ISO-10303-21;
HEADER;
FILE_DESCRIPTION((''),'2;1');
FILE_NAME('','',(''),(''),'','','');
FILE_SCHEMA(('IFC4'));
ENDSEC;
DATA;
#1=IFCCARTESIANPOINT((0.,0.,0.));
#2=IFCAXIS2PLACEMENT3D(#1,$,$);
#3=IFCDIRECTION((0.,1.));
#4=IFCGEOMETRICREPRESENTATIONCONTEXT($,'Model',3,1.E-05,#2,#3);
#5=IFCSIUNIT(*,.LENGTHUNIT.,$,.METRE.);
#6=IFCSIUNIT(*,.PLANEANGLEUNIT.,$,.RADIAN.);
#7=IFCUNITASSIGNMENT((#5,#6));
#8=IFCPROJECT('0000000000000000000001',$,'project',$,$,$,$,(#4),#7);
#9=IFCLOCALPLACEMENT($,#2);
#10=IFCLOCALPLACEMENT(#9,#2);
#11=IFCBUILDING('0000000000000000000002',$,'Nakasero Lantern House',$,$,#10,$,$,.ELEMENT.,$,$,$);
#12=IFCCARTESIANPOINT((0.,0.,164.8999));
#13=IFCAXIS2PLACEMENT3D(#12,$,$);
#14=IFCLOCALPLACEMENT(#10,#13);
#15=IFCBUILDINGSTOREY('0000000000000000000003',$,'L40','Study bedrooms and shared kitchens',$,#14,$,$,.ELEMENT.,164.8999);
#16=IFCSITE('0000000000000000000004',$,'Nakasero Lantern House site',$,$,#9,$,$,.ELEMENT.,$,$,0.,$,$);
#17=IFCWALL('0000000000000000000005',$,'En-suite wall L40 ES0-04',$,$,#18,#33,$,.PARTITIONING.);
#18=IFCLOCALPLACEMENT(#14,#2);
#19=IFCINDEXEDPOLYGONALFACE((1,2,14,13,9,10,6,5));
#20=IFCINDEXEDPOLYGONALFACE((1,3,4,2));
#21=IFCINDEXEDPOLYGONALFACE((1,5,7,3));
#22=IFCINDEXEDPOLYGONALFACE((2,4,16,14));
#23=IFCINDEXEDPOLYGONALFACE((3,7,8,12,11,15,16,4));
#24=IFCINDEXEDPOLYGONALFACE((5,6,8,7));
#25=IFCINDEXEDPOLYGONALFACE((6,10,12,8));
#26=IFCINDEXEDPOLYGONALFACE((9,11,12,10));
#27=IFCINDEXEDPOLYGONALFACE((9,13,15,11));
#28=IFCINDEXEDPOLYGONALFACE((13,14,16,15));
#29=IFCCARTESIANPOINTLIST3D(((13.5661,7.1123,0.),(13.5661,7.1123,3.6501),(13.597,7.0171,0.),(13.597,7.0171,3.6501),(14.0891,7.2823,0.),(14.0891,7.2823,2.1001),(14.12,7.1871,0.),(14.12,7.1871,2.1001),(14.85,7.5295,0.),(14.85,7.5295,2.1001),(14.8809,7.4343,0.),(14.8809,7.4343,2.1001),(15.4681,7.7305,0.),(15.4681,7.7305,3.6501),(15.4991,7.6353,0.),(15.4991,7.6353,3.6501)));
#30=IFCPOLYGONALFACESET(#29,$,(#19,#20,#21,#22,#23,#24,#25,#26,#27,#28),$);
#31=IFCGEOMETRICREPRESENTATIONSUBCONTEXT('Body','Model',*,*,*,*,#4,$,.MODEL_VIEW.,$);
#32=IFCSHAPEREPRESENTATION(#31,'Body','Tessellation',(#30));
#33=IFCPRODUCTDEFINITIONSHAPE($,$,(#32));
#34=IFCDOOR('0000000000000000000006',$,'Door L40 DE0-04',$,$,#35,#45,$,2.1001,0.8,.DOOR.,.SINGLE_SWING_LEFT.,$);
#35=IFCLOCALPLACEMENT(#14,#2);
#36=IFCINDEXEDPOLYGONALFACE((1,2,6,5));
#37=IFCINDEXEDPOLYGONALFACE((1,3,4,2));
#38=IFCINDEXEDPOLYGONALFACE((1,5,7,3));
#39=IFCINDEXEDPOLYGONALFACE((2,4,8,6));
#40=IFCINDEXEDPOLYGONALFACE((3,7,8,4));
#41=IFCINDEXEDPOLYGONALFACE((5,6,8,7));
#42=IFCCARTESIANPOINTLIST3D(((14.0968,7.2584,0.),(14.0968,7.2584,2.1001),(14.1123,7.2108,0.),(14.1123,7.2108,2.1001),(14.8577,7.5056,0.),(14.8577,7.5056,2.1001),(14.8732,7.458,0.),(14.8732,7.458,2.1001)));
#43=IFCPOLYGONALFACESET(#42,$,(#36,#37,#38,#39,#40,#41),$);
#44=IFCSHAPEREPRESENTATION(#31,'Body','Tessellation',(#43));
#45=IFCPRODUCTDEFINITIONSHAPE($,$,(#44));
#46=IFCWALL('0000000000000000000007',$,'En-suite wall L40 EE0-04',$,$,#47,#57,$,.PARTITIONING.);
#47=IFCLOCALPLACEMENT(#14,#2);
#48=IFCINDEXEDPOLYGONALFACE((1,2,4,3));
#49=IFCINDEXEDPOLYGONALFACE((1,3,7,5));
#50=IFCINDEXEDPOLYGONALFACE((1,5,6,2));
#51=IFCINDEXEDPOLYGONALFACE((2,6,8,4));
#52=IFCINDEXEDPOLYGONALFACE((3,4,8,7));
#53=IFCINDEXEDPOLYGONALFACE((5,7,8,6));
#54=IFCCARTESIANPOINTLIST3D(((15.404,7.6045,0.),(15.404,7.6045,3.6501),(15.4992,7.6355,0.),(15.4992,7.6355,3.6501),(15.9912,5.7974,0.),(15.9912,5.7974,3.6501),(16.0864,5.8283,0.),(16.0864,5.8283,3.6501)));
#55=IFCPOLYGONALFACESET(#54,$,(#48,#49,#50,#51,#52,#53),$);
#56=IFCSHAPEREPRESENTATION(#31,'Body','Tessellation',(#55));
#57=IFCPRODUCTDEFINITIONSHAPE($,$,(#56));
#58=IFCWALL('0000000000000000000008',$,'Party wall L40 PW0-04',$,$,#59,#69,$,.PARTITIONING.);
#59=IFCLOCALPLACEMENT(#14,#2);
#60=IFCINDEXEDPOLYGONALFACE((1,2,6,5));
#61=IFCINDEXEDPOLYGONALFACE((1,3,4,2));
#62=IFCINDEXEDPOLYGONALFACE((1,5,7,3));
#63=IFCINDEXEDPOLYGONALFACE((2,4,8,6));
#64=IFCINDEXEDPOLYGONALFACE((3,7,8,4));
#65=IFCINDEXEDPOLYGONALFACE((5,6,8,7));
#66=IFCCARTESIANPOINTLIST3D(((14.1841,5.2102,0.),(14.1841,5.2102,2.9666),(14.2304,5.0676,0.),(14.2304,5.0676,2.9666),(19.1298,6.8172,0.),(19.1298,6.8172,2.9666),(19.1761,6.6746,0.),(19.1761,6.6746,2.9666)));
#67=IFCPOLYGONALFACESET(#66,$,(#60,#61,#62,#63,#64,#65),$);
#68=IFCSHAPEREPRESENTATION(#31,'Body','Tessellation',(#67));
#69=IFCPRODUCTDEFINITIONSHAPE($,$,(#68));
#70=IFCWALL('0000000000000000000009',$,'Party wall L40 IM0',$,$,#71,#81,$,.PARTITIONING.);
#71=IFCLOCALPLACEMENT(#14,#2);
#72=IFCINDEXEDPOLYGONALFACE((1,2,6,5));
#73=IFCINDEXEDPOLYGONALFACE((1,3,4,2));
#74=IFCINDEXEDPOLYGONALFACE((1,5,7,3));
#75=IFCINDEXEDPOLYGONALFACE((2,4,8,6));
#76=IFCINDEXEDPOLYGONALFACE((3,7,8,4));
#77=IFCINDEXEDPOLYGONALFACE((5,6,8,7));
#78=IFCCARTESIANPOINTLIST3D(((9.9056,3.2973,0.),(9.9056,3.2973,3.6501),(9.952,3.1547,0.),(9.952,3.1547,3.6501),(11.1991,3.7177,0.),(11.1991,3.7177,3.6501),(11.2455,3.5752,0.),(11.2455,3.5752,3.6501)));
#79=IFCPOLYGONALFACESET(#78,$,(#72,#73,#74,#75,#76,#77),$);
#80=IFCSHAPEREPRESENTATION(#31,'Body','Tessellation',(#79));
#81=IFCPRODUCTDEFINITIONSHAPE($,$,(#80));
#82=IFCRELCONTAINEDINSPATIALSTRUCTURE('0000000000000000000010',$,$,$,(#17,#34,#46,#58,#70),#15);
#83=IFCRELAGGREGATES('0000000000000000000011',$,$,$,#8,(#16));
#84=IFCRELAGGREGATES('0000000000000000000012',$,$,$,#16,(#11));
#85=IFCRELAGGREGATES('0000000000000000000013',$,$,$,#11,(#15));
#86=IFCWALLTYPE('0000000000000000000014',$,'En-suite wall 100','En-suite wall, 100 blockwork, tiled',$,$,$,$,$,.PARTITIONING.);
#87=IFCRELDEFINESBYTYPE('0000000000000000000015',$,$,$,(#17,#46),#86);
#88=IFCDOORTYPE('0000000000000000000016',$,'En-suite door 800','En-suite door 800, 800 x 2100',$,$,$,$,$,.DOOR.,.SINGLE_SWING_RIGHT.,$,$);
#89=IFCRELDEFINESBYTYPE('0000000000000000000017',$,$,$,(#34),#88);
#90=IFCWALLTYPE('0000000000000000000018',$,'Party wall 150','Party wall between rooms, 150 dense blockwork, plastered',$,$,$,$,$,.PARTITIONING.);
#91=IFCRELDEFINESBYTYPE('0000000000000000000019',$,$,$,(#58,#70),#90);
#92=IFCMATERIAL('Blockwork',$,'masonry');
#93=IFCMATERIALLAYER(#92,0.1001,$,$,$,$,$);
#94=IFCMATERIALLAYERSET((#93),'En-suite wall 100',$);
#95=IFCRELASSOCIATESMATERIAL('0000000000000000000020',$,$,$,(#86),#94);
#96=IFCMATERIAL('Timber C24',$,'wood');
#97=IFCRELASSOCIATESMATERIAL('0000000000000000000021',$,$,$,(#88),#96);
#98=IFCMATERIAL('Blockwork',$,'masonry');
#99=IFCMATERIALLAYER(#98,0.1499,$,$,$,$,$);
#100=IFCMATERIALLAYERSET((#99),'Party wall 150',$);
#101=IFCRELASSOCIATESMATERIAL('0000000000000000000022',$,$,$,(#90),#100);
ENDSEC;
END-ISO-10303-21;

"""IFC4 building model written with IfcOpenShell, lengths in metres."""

from ifc_helpers import new_model, si_unit, direction, frame, frame_2d, origin, place, context, subcontext, project, spatial, rectangle, extrude, material, layer, layer_set, type_object, element, fill, save


model = new_model("IFC4")

# Units and contexts
model_context = context("Model", 3, precision=1e-05, world=origin(), true_north=direction((0.0, 1.0)))
body_context = subcontext(model_context, "Body", "Model", "MODEL_VIEW")
ifc_project = project(units=[si_unit("LENGTHUNIT", "METRE"), si_unit("PLANEANGLEUNIT", "RADIAN")], contexts=[model_context])

# Site, building, storey
site_placement = place(None, origin())
site = spatial("IfcSite", under=ifc_project, at=site_placement, Name="Nakasero Lantern House site", CompositionType="ELEMENT", RefElevation=0.0)
building_placement = place(site_placement, origin())
building = spatial("IfcBuilding", under=site, at=building_placement, Name="Nakasero Lantern House", CompositionType="ELEMENT")
storey_placement = place(building_placement, frame((0.0, 0.0, 164.8999)))
storey = spatial("IfcBuildingStorey", under=building, at=storey_placement, Name="L40", Description="Study bedrooms and shared kitchens", CompositionType="ELEMENT", Elevation=164.8999)

# Shared definitions
ifc_material_1 = material(Name="Blockwork", Category="masonry")
ifc_layer_1 = layer(ifc_material_1, 0.1001)
ifc_layer_set_1 = layer_set([ifc_layer_1], Name="En-suite wall 100")
wall_type_1 = type_object("IfcWallType", Name="En-suite wall 100", Description="En-suite wall, 100 blockwork, tiled", PredefinedType="PARTITIONING", material=ifc_layer_set_1)

# Wall, opening, door
wall_1_placement = place(storey_placement, frame((13.5815, 7.0647, 0.0), z_axis=(0.0, 0.0, 1.0), x_axis=(0.951037, 0.309078, 0.0)))
wall_1 = element("IfcWall", 1, at=wall_1_placement, inside=storey, type_object=wall_type_1, Name="En-suite wall L40 ES0-04", PredefinedType="PARTITIONING", context=body_context, shape_type="SweptSolid", body=[
    extrude(rectangle(XDim=2.0, YDim=0.1001, at=frame_2d((1.0, 0.0))), origin(), (0.0, 0.0, 1.0), 3.6501),
])
opening_placement = place(wall_1_placement, frame((0.55, 0.0, 0.0)))
opening = element("IfcOpeningElement", 2, at=opening_placement, cuts=wall_1, PredefinedType="OPENING", context=body_context, shape_type="SweptSolid", body=[
    extrude(rectangle(XDim=0.8, YDim=2.1001, at=frame_2d((0.3999, 1.05))), frame((0.0, 0.0701, 0.0), z_axis=(0.0, -1.0, 0.0), x_axis=(1.0, 0.0, 0.0)), (0.0, 0.0, 1.0), 0.1401),
])
ifc_material_2 = material(Name="Timber C24", Category="wood")
door_type = type_object("IfcDoorType", Name="En-suite door 800", Description="En-suite door 800, 800 x 2100", OperationType="SINGLE_SWING_RIGHT", PredefinedType="DOOR", material=ifc_material_2)
door_placement = place(opening_placement, origin())
door = element("IfcDoor", 3, at=door_placement, inside=storey, type_object=door_type, Name="Door L40 DE0-04", OperationType="SINGLE_SWING_LEFT", OverallHeight=2.1001, OverallWidth=0.8, PredefinedType="DOOR", context=body_context, shape_type="SweptSolid", body=[
    extrude(rectangle(XDim=0.8, YDim=2.1001, at=frame_2d((0.3999, 1.05))), frame((0.0, 0.0249, 0.0), z_axis=(0.0, -1.0, 0.0), x_axis=(1.0, 0.0, 0.0)), (0.0, 0.0, 1.0), 0.05),
])
fill(opening, door)

# Walls
wall_2_placement = place(storey_placement, frame((16.0388, 5.8127, 0.0), z_axis=(0.0, 0.0, 1.0), x_axis=(-0.309011, 0.951059, 0.0)))
element("IfcWall", 4, at=wall_2_placement, inside=storey, type_object=wall_type_1, Name="En-suite wall L40 EE0-04", PredefinedType="PARTITIONING", context=body_context, shape_type="SweptSolid", body=[
    extrude(rectangle(XDim=1.9001, YDim=0.1001, at=frame_2d((0.9502, 0.0))), origin(), (0.0, 0.0, 1.0), 3.6501),
])
ifc_material_3 = material(Name="Blockwork", Category="masonry")
ifc_layer_2 = layer(ifc_material_3, 0.1499)
ifc_layer_set_2 = layer_set([ifc_layer_2], Name="Party wall 150")
wall_type_2 = type_object("IfcWallType", Name="Party wall 150", Description="Party wall between rooms, 150 dense blockwork, plastered", PredefinedType="PARTITIONING", material=ifc_layer_set_2)
wall_3_placement = place(storey_placement, frame((14.2073, 5.1389, 0.0), z_axis=(0.0, 0.0, 1.0), x_axis=(0.951055, 0.309021, 0.0)))
element("IfcWall", 5, at=wall_3_placement, inside=storey, type_object=wall_type_2, Name="Party wall L40 PW0-04", PredefinedType="PARTITIONING", context=body_context, shape_type="SweptSolid", body=[
    extrude(rectangle(XDim=5.2002, YDim=0.1499, at=frame_2d((2.6001, 0.0))), origin(), (0.0, 0.0, 1.0), 2.9666),
])
wall_4_placement = place(storey_placement, frame((11.2224, 3.6465, 0.0), z_axis=(0.0, 0.0, 1.0), x_axis=(-0.951026, -0.30911, 0.0)))
element("IfcWall", 6, at=wall_4_placement, inside=storey, type_object=wall_type_2, Name="Party wall L40 IM0", PredefinedType="PARTITIONING", context=body_context, shape_type="SweptSolid", body=[
    extrude(rectangle(XDim=1.3601, YDim=0.1499, at=frame_2d((0.6802, 0.0))), origin(), (0.0, 0.0, 1.0), 3.6501),
])

save(model, "model.ifc")
